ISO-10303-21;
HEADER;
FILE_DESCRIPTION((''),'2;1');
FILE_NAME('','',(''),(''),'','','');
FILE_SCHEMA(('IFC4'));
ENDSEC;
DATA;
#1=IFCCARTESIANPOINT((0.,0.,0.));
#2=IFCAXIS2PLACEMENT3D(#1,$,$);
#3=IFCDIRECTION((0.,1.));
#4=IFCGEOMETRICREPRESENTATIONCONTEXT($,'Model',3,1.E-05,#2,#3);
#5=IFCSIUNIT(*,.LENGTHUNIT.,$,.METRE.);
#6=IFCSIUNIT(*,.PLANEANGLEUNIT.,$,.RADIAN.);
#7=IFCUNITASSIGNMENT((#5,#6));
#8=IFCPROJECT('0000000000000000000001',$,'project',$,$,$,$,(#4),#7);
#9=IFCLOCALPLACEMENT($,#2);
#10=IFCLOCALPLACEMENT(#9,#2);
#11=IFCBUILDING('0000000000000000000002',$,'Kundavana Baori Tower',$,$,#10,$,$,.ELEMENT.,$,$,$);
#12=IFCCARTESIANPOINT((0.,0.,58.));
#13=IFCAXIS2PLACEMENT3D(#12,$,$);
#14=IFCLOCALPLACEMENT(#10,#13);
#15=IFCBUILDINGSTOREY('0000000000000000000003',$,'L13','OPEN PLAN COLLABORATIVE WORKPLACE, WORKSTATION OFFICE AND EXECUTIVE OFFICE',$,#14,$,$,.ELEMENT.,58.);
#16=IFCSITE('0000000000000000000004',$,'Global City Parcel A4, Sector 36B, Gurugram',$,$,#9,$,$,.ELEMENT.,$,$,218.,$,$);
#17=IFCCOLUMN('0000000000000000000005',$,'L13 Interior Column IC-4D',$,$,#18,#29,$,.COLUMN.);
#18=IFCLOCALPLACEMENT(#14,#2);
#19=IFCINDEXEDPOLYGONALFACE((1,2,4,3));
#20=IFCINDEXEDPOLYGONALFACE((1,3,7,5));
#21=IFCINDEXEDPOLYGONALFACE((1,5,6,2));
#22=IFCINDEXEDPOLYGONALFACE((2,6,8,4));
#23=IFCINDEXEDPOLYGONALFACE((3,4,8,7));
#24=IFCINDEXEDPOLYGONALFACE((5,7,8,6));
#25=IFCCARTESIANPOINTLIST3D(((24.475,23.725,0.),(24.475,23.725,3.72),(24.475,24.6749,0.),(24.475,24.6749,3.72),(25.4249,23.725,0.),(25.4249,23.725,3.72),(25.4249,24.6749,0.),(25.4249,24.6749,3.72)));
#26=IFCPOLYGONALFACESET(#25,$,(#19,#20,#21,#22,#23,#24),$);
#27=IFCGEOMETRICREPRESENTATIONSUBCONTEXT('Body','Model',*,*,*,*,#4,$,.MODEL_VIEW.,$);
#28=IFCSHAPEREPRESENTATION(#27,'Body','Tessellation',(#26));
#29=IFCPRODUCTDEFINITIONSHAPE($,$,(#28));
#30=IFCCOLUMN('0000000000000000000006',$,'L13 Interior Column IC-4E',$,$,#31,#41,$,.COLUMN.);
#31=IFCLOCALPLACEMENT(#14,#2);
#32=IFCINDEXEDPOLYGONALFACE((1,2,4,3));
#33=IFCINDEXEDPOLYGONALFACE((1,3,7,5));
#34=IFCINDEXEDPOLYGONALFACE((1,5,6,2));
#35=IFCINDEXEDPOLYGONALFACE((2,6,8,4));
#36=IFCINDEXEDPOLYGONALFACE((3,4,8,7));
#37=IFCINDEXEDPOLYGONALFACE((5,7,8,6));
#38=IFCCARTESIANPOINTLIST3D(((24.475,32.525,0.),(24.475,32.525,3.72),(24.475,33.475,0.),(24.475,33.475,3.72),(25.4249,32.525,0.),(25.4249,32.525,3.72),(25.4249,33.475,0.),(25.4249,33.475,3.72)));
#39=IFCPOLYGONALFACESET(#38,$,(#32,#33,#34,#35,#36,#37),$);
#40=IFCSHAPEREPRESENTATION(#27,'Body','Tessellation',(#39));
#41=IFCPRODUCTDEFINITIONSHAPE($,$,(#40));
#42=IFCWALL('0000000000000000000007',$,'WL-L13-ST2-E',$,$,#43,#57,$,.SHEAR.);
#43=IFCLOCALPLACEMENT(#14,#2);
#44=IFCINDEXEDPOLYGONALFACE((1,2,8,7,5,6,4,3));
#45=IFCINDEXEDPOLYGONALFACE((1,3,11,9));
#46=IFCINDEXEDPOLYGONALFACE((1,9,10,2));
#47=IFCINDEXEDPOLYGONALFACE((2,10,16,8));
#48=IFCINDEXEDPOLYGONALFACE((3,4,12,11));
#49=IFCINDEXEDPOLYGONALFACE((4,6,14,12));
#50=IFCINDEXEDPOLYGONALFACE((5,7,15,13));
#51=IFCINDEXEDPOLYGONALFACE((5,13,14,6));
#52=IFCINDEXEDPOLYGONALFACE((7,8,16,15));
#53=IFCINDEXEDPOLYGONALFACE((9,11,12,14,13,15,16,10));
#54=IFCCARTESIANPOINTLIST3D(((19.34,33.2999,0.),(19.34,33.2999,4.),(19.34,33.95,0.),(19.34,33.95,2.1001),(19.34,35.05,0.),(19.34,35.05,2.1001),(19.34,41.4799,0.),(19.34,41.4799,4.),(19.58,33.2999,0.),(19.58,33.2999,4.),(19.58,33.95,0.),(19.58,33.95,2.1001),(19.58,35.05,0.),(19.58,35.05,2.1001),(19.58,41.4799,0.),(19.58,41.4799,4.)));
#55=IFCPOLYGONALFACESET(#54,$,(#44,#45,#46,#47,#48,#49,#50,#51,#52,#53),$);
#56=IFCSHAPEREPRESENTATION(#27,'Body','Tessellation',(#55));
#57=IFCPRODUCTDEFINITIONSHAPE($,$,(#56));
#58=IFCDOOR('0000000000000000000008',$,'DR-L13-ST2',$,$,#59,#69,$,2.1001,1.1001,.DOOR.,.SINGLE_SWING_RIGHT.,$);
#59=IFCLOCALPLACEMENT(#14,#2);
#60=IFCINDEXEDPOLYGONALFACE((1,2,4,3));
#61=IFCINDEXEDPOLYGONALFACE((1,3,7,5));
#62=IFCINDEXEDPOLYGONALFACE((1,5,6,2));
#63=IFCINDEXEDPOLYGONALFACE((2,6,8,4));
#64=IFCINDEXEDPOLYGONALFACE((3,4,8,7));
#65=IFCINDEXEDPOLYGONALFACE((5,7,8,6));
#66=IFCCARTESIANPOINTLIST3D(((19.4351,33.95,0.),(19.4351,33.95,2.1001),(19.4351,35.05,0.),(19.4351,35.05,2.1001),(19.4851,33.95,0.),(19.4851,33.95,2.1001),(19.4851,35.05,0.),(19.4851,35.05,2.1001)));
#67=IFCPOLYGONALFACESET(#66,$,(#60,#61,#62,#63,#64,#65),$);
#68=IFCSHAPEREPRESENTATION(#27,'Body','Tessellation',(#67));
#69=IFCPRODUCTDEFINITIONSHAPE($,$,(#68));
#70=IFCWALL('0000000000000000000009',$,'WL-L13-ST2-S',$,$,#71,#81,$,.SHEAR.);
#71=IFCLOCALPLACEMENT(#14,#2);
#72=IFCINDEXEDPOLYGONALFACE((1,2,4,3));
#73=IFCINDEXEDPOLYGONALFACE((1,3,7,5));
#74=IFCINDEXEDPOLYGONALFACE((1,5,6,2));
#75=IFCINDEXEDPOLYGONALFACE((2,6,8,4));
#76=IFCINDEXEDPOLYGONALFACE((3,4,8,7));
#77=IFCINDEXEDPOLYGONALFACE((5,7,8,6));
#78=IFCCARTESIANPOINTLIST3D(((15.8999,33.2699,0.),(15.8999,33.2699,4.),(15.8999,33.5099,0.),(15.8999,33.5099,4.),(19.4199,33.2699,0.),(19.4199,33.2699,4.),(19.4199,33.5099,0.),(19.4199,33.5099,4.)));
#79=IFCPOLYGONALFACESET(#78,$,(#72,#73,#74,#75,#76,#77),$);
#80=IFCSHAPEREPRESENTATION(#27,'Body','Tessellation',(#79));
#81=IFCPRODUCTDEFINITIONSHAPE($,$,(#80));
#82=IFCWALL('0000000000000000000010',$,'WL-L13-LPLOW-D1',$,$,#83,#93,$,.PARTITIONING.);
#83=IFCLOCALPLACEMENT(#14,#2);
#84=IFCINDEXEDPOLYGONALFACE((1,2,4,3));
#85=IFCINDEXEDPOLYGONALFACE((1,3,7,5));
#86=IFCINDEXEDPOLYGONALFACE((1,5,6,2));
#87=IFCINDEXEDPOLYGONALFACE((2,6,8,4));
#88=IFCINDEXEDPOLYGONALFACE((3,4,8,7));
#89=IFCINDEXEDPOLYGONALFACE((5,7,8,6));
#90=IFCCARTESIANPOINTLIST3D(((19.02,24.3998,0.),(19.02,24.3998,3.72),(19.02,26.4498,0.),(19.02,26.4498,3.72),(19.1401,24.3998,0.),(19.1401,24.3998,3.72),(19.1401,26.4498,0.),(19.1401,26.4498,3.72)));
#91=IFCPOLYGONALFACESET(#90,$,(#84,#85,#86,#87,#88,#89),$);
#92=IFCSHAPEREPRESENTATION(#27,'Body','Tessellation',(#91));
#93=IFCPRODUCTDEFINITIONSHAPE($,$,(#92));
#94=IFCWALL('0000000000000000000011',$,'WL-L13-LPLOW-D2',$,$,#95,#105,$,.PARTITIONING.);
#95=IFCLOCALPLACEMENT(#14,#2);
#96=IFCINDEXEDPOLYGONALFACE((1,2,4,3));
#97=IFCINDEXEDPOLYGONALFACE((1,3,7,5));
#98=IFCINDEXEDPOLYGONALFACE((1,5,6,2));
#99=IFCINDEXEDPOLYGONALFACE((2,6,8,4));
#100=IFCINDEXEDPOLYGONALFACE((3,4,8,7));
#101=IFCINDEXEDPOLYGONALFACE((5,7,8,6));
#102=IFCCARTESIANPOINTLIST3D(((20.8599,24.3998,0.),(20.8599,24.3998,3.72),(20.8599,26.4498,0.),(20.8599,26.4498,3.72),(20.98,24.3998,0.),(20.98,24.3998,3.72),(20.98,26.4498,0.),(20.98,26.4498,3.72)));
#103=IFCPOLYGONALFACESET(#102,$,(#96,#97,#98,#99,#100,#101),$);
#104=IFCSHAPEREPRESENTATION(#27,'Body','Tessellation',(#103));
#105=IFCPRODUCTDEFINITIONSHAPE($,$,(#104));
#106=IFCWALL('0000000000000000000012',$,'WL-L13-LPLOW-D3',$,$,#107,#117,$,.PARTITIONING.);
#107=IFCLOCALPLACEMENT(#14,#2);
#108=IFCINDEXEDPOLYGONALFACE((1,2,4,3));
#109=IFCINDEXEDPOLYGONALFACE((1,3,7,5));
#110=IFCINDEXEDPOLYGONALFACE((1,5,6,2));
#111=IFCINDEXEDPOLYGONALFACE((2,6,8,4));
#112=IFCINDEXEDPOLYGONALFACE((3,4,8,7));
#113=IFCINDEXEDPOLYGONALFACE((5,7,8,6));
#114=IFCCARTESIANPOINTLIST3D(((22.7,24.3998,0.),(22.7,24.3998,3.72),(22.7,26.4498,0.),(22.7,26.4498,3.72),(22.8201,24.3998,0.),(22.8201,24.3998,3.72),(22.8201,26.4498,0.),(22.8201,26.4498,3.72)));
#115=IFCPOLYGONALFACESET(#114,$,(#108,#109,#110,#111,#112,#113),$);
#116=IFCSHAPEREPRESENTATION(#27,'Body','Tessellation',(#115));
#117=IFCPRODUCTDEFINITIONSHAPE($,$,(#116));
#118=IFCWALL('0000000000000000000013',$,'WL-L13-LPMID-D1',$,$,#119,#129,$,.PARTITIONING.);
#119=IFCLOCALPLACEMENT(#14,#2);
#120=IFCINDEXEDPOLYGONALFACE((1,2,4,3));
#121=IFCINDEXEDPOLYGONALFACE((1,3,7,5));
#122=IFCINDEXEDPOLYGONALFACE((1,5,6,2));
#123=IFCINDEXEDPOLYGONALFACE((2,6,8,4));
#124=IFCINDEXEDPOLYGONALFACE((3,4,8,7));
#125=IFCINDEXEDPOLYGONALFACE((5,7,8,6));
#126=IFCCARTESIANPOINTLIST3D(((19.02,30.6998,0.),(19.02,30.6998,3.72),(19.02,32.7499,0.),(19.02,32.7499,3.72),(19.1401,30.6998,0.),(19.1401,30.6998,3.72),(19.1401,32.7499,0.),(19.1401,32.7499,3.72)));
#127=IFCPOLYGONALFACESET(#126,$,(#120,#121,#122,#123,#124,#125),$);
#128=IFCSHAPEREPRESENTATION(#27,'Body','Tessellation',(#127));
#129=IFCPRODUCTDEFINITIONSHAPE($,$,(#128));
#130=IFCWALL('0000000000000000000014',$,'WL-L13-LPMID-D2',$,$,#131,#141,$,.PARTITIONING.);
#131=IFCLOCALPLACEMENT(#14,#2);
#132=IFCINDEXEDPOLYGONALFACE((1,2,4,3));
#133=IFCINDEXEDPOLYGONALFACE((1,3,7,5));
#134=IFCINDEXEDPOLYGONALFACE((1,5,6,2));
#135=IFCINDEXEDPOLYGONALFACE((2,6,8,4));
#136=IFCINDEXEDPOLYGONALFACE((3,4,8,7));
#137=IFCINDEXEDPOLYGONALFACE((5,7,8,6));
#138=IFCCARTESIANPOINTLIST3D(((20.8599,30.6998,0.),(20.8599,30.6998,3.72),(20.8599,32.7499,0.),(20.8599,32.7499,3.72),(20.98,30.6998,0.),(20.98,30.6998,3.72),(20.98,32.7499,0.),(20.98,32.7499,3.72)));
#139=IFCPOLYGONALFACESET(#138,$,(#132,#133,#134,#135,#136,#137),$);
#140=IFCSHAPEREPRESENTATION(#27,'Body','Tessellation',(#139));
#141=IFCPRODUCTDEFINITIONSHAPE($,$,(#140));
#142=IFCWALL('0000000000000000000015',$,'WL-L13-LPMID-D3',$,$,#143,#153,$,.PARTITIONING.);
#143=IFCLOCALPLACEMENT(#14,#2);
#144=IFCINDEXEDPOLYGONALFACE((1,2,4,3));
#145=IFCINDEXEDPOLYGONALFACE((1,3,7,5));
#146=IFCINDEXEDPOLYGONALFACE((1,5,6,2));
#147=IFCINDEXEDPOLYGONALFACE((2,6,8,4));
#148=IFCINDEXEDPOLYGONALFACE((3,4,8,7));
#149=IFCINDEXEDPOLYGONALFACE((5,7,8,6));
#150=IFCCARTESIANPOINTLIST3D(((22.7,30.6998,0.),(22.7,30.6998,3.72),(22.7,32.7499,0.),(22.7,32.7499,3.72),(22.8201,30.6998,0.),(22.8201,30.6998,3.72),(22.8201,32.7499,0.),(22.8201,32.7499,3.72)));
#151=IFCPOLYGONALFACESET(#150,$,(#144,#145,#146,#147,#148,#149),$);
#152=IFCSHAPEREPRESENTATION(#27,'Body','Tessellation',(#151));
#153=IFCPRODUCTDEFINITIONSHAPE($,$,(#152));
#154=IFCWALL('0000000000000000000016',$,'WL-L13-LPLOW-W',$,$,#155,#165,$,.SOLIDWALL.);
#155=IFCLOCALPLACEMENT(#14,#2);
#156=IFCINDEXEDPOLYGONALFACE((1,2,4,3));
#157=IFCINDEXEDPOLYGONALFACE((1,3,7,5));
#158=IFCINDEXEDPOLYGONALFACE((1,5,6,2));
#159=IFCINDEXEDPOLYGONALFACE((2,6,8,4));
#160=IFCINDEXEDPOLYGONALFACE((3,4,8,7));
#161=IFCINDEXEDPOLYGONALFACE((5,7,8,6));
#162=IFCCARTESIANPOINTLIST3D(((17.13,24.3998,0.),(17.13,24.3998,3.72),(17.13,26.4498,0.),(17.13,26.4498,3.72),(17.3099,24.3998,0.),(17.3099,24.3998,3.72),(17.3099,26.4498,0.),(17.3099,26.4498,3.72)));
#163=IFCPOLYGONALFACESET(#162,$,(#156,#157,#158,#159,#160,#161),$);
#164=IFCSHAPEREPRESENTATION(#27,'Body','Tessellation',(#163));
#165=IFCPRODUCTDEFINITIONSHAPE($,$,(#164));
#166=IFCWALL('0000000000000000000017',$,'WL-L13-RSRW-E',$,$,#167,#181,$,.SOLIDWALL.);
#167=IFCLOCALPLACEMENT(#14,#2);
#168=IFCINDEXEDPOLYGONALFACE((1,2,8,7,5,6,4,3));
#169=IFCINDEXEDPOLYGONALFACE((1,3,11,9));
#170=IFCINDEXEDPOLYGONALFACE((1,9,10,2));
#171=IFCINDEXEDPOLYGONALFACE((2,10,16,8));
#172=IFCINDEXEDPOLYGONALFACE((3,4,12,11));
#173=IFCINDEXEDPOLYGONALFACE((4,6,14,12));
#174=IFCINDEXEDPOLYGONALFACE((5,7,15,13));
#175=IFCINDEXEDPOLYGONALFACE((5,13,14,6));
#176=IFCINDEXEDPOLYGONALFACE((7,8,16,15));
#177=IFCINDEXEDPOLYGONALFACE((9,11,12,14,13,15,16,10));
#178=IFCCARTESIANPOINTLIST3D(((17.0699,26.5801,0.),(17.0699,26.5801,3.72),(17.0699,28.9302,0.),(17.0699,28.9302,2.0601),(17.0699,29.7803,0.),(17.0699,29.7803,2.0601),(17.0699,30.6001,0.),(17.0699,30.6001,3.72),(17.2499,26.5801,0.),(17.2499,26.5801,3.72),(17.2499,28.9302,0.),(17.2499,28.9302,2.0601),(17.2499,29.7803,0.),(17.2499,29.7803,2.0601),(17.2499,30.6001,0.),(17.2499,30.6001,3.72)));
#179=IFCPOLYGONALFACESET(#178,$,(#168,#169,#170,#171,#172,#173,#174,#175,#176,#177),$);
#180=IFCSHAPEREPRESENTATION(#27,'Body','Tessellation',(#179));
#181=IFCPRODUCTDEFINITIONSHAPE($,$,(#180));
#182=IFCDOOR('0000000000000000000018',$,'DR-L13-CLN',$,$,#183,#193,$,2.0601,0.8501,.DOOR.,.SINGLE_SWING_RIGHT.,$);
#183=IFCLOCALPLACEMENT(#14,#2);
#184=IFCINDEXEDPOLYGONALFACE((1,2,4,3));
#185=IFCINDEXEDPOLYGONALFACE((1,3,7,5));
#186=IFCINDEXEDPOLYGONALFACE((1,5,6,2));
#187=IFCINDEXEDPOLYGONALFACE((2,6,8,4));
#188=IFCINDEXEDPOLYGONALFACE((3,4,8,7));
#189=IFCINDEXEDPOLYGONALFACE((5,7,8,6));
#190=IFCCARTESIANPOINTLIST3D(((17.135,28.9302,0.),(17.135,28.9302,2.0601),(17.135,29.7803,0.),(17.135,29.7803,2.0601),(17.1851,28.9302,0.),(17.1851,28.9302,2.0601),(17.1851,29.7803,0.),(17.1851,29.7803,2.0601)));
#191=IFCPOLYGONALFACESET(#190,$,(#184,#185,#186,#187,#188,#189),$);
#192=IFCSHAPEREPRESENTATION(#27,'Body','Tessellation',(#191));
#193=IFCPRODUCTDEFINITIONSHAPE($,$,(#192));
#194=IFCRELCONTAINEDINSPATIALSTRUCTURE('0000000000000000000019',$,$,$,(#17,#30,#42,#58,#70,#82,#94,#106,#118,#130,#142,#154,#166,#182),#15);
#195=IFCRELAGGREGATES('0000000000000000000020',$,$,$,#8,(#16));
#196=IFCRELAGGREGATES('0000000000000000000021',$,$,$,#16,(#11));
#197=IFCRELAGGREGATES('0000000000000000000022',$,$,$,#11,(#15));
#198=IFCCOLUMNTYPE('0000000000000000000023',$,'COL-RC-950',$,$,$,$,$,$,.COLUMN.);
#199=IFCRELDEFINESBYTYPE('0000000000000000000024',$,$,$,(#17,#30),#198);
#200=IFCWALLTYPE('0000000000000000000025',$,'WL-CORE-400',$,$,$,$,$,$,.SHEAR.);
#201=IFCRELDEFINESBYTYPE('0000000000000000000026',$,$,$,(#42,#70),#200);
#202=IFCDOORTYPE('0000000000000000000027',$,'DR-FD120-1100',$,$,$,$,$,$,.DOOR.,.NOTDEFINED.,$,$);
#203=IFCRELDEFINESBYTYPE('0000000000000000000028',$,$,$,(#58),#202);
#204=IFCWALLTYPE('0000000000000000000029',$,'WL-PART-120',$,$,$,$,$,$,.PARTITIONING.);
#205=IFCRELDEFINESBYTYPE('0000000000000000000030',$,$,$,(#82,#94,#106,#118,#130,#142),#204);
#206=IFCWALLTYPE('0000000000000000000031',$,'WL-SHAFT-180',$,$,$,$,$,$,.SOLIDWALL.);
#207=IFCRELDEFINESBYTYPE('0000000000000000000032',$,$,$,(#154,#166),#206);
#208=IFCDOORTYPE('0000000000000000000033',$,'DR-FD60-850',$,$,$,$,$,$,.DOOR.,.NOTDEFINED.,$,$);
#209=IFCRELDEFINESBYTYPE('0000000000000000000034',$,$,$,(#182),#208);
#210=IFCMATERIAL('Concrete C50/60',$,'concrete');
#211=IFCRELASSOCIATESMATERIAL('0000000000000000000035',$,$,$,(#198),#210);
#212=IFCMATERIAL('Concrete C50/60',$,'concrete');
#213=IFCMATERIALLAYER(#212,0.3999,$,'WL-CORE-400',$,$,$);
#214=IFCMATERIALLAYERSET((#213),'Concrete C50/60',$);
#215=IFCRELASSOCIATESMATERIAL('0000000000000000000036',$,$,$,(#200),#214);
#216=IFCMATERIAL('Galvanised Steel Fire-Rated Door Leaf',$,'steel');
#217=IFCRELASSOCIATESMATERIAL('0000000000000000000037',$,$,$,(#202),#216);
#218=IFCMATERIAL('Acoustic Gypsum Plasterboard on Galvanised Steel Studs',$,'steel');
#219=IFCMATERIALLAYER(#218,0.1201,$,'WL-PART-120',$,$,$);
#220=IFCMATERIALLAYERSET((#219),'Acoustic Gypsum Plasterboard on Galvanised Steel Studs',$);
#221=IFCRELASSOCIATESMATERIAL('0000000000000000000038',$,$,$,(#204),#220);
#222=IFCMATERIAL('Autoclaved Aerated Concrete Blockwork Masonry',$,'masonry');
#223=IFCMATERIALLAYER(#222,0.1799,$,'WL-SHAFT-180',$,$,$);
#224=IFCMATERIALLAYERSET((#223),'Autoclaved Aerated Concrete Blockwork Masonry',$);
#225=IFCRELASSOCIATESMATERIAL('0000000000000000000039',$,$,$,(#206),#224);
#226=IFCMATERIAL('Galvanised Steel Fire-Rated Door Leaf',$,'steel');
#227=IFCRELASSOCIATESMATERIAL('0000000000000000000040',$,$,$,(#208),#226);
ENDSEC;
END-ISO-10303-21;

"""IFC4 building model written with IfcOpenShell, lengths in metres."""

from ifc_helpers import new_model, si_unit, direction, frame, frame_2d, origin, origin_2d, place, context, subcontext, project, spatial, rectangle, extrude, material, layer, layer_set, material_profile, profile_set, type_object, element, fill, save


model = new_model("IFC4")

# Units and contexts
model_context = context("Model", 3, precision=1e-05, world=origin(), true_north=direction((0.0, 1.0)))
body_context = subcontext(model_context, "Body", "Model", "MODEL_VIEW")
ifc_project = project(units=[si_unit("LENGTHUNIT", "METRE"), si_unit("PLANEANGLEUNIT", "RADIAN")], contexts=[model_context])

# Site, building, storey
site_placement = place(None, origin())
site = spatial("IfcSite", under=ifc_project, at=site_placement, Name="Global City Parcel A4, Sector 36B, Gurugram", CompositionType="ELEMENT", RefElevation=218.0)
building_placement = place(site_placement, origin())
building = spatial("IfcBuilding", under=site, at=building_placement, Name="Kundavana Baori Tower", CompositionType="ELEMENT")
storey_placement = place(building_placement, frame((0.0, 0.0, 58.0)))
storey = spatial("IfcBuildingStorey", under=building, at=storey_placement, Name="L13", Description="OPEN PLAN COLLABORATIVE WORKPLACE, WORKSTATION OFFICE AND EXECUTIVE OFFICE", CompositionType="ELEMENT", Elevation=58.0)

# Columns
ifc_material_1 = material(Name="Concrete C50/60", Category="concrete")
ifc_material_profile = material_profile(ifc_material_1, rectangle(XDim=0.95, YDim=0.95, at=origin_2d()), Name="RC 950x950")
ifc_profile_set = profile_set([ifc_material_profile], Name="Concrete C50/60")
column_type = type_object("IfcColumnType", Name="COL-RC-950", PredefinedType="COLUMN", material=ifc_profile_set)
for number, where, z_axis, x_axis, name in (
    (1, (24.95, 24.2, 0.0), (0.0, 0.0, 1.0), (1.0, 0.0, 0.0), "L13 Interior Column IC-4D"),
    (2, (24.95, 33.0, 0.0), (0.0, 0.0, 1.0), (1.0, 0.0, 0.0), "L13 Interior Column IC-4E"),
):
    element("IfcColumn", number, at=place(storey_placement, frame(where, z_axis=z_axis, x_axis=x_axis)), inside=storey, type_object=column_type, Name=name, PredefinedType="COLUMN", context=body_context, shape_type="SweptSolid", body=[
        extrude(rectangle(XDim=0.95, YDim=0.95, at=origin_2d()), origin(), (0.0, 0.0, 1.0), 3.72),
    ])

# Wall, opening, door
ifc_material_2 = material(Name="Concrete C50/60", Category="concrete")
ifc_layer_1 = layer(ifc_material_2, 0.3999, Name="WL-CORE-400")
ifc_layer_set_1 = layer_set([ifc_layer_1], Name="Concrete C50/60")
wall_type_1 = type_object("IfcWallType", Name="WL-CORE-400", PredefinedType="SHEAR", material=ifc_layer_set_1)
wall_1_placement = place(storey_placement, frame((19.46, 33.3, 0.0), z_axis=(0.0, 0.0, 1.0), x_axis=(0.0, 1.0, 0.0)))
wall_1 = element("IfcWall", 3, at=wall_1_placement, inside=storey, type_object=wall_type_1, Name="WL-L13-ST2-E", PredefinedType="SHEAR", context=body_context, shape_type="SweptSolid", body=[
    extrude(rectangle(XDim=8.1799, YDim=0.24, at=frame_2d((4.0898, 0.0))), origin(), (0.0, 0.0, 1.0), 4.0),
])
opening_1_placement = place(wall_1_placement, frame((0.6499, 0.0, 0.0)))
opening_1 = element("IfcOpeningElement", 4, at=opening_1_placement, cuts=wall_1, PredefinedType="OPENING", context=body_context, shape_type="SweptSolid", body=[
    extrude(rectangle(XDim=1.1001, YDim=2.1001, at=frame_2d((0.55, 1.05))), frame((0.0, 0.1299, 0.0), z_axis=(0.0, -1.0, 0.0), x_axis=(1.0, 0.0, 0.0)), (0.0, 0.0, 1.0), 0.26),
])
ifc_material_3 = material(Name="Galvanised Steel Fire-Rated Door Leaf", Category="steel")
door_type_1 = type_object("IfcDoorType", Name="DR-FD120-1100", OperationType="NOTDEFINED", PredefinedType="DOOR", material=ifc_material_3)
door_1_placement = place(opening_1_placement, origin())
door_1 = element("IfcDoor", 5, at=door_1_placement, inside=storey, type_object=door_type_1, Name="DR-L13-ST2", OperationType="SINGLE_SWING_RIGHT", OverallHeight=2.1001, OverallWidth=1.1001, PredefinedType="DOOR", context=body_context, shape_type="SweptSolid", body=[
    extrude(rectangle(XDim=1.1001, YDim=2.1001, at=frame_2d((0.55, 1.05))), frame((0.0, 0.0249, 0.0), z_axis=(0.0, -1.0, 0.0), x_axis=(1.0, 0.0, 0.0)), (0.0, 0.0, 1.0), 0.05),
])
fill(opening_1, door_1)

# Walls
wall_2_placement = place(storey_placement, frame((15.8999, 33.3899, 0.0), z_axis=(0.0, 0.0, 1.0), x_axis=(1.0, 0.0, 0.0)))
element("IfcWall", 6, at=wall_2_placement, inside=storey, type_object=wall_type_1, Name="WL-L13-ST2-S", PredefinedType="SHEAR", context=body_context, shape_type="SweptSolid", body=[
    extrude(rectangle(XDim=3.52, YDim=0.24, at=frame_2d((1.76, 0.0))), origin(), (0.0, 0.0, 1.0), 4.0),
])
ifc_material_4 = material(Name="Acoustic Gypsum Plasterboard on Galvanised Steel Studs", Category="steel")
ifc_layer_2 = layer(ifc_material_4, 0.1201, Name="WL-PART-120")
ifc_layer_set_2 = layer_set([ifc_layer_2], Name="Acoustic Gypsum Plasterboard on Galvanised Steel Studs")
wall_type_2 = type_object("IfcWallType", Name="WL-PART-120", PredefinedType="PARTITIONING", material=ifc_layer_set_2)
for number, where, z_axis, x_axis, name in (
    (7, (19.0801, 24.3999, 0.0), (0.0, 0.0, 1.0), (0.0, 1.0, 0.0), "WL-L13-LPLOW-D1"),
    (8, (20.9199, 24.3999, 0.0), (0.0, 0.0, 1.0), (0.0, 1.0, 0.0), "WL-L13-LPLOW-D2"),
    (9, (22.76, 24.3999, 0.0), (0.0, 0.0, 1.0), (0.0, 1.0, 0.0), "WL-L13-LPLOW-D3"),
    (10, (19.0801, 30.7, 0.0), (0.0, 0.0, 1.0), (0.0, 1.0, 0.0), "WL-L13-LPMID-D1"),
    (11, (20.9199, 30.7, 0.0), (0.0, 0.0, 1.0), (0.0, 1.0, 0.0), "WL-L13-LPMID-D2"),
    (12, (22.76, 30.7, 0.0), (0.0, 0.0, 1.0), (0.0, 1.0, 0.0), "WL-L13-LPMID-D3"),
):
    element("IfcWall", number, at=place(storey_placement, frame(where, z_axis=z_axis, x_axis=x_axis)), inside=storey, type_object=wall_type_2, Name=name, PredefinedType="PARTITIONING", context=body_context, shape_type="SweptSolid", body=[
        extrude(rectangle(XDim=2.05, YDim=0.1201, at=frame_2d((1.0249, 0.0))), origin(), (0.0, 0.0, 1.0), 3.72),
    ])
ifc_material_5 = material(Name="Autoclaved Aerated Concrete Blockwork Masonry", Category="masonry")
ifc_layer_3 = layer(ifc_material_5, 0.1799, Name="WL-SHAFT-180")
ifc_layer_set_3 = layer_set([ifc_layer_3], Name="Autoclaved Aerated Concrete Blockwork Masonry")
wall_type_3 = type_object("IfcWallType", Name="WL-SHAFT-180", PredefinedType="SOLIDWALL", material=ifc_layer_set_3)
wall_3_placement = place(storey_placement, frame((17.22, 24.3999, 0.0), z_axis=(0.0, 0.0, 1.0), x_axis=(0.0, 1.0, 0.0)))
element("IfcWall", 13, at=wall_3_placement, inside=storey, type_object=wall_type_3, Name="WL-L13-LPLOW-W", PredefinedType="SOLIDWALL", context=body_context, shape_type="SweptSolid", body=[
    extrude(rectangle(XDim=2.05, YDim=0.1799, at=frame_2d((1.0249, 0.0))), origin(), (0.0, 0.0, 1.0), 3.72),
])

# Wall, opening, door
wall_4_placement = place(storey_placement, frame((17.1599, 26.5801, 0.0), z_axis=(0.0, 0.0, 1.0), x_axis=(0.0, 1.0, 0.0)))
wall_4 = element("IfcWall", 14, at=wall_4_placement, inside=storey, type_object=wall_type_3, Name="WL-L13-RSRW-E", PredefinedType="SOLIDWALL", context=body_context, shape_type="SweptSolid", body=[
    extrude(rectangle(XDim=4.02, YDim=0.1799, at=frame_2d((2.01, 0.0))), origin(), (0.0, 0.0, 1.0), 3.72),
])
opening_2_placement = place(wall_4_placement, frame((2.3501, 0.0, 0.0)))
opening_2 = element("IfcOpeningElement", 15, at=opening_2_placement, cuts=wall_4, PredefinedType="OPENING", context=body_context, shape_type="SweptSolid", body=[
    extrude(rectangle(XDim=0.8501, YDim=2.0601, at=frame_2d((0.425, 1.03))), frame((0.0, 0.1001, 0.0), z_axis=(0.0, -1.0, 0.0), x_axis=(1.0, 0.0, 0.0)), (0.0, 0.0, 1.0), 0.2),
])
ifc_material_6 = material(Name="Galvanised Steel Fire-Rated Door Leaf", Category="steel")
door_type_2 = type_object("IfcDoorType", Name="DR-FD60-850", OperationType="NOTDEFINED", PredefinedType="DOOR", material=ifc_material_6)
door_2_placement = place(opening_2_placement, origin())
door_2 = element("IfcDoor", 16, at=door_2_placement, inside=storey, type_object=door_type_2, Name="DR-L13-CLN", OperationType="SINGLE_SWING_RIGHT", OverallHeight=2.0601, OverallWidth=0.8501, PredefinedType="DOOR", context=body_context, shape_type="SweptSolid", body=[
    extrude(rectangle(XDim=0.8501, YDim=2.0601, at=frame_2d((0.425, 1.03))), frame((0.0, 0.0249, 0.0), z_axis=(0.0, -1.0, 0.0), x_axis=(1.0, 0.0, 0.0)), (0.0, 0.0, 1.0), 0.05),
])
fill(opening_2, door_2)

save(model, "model.ifc")
